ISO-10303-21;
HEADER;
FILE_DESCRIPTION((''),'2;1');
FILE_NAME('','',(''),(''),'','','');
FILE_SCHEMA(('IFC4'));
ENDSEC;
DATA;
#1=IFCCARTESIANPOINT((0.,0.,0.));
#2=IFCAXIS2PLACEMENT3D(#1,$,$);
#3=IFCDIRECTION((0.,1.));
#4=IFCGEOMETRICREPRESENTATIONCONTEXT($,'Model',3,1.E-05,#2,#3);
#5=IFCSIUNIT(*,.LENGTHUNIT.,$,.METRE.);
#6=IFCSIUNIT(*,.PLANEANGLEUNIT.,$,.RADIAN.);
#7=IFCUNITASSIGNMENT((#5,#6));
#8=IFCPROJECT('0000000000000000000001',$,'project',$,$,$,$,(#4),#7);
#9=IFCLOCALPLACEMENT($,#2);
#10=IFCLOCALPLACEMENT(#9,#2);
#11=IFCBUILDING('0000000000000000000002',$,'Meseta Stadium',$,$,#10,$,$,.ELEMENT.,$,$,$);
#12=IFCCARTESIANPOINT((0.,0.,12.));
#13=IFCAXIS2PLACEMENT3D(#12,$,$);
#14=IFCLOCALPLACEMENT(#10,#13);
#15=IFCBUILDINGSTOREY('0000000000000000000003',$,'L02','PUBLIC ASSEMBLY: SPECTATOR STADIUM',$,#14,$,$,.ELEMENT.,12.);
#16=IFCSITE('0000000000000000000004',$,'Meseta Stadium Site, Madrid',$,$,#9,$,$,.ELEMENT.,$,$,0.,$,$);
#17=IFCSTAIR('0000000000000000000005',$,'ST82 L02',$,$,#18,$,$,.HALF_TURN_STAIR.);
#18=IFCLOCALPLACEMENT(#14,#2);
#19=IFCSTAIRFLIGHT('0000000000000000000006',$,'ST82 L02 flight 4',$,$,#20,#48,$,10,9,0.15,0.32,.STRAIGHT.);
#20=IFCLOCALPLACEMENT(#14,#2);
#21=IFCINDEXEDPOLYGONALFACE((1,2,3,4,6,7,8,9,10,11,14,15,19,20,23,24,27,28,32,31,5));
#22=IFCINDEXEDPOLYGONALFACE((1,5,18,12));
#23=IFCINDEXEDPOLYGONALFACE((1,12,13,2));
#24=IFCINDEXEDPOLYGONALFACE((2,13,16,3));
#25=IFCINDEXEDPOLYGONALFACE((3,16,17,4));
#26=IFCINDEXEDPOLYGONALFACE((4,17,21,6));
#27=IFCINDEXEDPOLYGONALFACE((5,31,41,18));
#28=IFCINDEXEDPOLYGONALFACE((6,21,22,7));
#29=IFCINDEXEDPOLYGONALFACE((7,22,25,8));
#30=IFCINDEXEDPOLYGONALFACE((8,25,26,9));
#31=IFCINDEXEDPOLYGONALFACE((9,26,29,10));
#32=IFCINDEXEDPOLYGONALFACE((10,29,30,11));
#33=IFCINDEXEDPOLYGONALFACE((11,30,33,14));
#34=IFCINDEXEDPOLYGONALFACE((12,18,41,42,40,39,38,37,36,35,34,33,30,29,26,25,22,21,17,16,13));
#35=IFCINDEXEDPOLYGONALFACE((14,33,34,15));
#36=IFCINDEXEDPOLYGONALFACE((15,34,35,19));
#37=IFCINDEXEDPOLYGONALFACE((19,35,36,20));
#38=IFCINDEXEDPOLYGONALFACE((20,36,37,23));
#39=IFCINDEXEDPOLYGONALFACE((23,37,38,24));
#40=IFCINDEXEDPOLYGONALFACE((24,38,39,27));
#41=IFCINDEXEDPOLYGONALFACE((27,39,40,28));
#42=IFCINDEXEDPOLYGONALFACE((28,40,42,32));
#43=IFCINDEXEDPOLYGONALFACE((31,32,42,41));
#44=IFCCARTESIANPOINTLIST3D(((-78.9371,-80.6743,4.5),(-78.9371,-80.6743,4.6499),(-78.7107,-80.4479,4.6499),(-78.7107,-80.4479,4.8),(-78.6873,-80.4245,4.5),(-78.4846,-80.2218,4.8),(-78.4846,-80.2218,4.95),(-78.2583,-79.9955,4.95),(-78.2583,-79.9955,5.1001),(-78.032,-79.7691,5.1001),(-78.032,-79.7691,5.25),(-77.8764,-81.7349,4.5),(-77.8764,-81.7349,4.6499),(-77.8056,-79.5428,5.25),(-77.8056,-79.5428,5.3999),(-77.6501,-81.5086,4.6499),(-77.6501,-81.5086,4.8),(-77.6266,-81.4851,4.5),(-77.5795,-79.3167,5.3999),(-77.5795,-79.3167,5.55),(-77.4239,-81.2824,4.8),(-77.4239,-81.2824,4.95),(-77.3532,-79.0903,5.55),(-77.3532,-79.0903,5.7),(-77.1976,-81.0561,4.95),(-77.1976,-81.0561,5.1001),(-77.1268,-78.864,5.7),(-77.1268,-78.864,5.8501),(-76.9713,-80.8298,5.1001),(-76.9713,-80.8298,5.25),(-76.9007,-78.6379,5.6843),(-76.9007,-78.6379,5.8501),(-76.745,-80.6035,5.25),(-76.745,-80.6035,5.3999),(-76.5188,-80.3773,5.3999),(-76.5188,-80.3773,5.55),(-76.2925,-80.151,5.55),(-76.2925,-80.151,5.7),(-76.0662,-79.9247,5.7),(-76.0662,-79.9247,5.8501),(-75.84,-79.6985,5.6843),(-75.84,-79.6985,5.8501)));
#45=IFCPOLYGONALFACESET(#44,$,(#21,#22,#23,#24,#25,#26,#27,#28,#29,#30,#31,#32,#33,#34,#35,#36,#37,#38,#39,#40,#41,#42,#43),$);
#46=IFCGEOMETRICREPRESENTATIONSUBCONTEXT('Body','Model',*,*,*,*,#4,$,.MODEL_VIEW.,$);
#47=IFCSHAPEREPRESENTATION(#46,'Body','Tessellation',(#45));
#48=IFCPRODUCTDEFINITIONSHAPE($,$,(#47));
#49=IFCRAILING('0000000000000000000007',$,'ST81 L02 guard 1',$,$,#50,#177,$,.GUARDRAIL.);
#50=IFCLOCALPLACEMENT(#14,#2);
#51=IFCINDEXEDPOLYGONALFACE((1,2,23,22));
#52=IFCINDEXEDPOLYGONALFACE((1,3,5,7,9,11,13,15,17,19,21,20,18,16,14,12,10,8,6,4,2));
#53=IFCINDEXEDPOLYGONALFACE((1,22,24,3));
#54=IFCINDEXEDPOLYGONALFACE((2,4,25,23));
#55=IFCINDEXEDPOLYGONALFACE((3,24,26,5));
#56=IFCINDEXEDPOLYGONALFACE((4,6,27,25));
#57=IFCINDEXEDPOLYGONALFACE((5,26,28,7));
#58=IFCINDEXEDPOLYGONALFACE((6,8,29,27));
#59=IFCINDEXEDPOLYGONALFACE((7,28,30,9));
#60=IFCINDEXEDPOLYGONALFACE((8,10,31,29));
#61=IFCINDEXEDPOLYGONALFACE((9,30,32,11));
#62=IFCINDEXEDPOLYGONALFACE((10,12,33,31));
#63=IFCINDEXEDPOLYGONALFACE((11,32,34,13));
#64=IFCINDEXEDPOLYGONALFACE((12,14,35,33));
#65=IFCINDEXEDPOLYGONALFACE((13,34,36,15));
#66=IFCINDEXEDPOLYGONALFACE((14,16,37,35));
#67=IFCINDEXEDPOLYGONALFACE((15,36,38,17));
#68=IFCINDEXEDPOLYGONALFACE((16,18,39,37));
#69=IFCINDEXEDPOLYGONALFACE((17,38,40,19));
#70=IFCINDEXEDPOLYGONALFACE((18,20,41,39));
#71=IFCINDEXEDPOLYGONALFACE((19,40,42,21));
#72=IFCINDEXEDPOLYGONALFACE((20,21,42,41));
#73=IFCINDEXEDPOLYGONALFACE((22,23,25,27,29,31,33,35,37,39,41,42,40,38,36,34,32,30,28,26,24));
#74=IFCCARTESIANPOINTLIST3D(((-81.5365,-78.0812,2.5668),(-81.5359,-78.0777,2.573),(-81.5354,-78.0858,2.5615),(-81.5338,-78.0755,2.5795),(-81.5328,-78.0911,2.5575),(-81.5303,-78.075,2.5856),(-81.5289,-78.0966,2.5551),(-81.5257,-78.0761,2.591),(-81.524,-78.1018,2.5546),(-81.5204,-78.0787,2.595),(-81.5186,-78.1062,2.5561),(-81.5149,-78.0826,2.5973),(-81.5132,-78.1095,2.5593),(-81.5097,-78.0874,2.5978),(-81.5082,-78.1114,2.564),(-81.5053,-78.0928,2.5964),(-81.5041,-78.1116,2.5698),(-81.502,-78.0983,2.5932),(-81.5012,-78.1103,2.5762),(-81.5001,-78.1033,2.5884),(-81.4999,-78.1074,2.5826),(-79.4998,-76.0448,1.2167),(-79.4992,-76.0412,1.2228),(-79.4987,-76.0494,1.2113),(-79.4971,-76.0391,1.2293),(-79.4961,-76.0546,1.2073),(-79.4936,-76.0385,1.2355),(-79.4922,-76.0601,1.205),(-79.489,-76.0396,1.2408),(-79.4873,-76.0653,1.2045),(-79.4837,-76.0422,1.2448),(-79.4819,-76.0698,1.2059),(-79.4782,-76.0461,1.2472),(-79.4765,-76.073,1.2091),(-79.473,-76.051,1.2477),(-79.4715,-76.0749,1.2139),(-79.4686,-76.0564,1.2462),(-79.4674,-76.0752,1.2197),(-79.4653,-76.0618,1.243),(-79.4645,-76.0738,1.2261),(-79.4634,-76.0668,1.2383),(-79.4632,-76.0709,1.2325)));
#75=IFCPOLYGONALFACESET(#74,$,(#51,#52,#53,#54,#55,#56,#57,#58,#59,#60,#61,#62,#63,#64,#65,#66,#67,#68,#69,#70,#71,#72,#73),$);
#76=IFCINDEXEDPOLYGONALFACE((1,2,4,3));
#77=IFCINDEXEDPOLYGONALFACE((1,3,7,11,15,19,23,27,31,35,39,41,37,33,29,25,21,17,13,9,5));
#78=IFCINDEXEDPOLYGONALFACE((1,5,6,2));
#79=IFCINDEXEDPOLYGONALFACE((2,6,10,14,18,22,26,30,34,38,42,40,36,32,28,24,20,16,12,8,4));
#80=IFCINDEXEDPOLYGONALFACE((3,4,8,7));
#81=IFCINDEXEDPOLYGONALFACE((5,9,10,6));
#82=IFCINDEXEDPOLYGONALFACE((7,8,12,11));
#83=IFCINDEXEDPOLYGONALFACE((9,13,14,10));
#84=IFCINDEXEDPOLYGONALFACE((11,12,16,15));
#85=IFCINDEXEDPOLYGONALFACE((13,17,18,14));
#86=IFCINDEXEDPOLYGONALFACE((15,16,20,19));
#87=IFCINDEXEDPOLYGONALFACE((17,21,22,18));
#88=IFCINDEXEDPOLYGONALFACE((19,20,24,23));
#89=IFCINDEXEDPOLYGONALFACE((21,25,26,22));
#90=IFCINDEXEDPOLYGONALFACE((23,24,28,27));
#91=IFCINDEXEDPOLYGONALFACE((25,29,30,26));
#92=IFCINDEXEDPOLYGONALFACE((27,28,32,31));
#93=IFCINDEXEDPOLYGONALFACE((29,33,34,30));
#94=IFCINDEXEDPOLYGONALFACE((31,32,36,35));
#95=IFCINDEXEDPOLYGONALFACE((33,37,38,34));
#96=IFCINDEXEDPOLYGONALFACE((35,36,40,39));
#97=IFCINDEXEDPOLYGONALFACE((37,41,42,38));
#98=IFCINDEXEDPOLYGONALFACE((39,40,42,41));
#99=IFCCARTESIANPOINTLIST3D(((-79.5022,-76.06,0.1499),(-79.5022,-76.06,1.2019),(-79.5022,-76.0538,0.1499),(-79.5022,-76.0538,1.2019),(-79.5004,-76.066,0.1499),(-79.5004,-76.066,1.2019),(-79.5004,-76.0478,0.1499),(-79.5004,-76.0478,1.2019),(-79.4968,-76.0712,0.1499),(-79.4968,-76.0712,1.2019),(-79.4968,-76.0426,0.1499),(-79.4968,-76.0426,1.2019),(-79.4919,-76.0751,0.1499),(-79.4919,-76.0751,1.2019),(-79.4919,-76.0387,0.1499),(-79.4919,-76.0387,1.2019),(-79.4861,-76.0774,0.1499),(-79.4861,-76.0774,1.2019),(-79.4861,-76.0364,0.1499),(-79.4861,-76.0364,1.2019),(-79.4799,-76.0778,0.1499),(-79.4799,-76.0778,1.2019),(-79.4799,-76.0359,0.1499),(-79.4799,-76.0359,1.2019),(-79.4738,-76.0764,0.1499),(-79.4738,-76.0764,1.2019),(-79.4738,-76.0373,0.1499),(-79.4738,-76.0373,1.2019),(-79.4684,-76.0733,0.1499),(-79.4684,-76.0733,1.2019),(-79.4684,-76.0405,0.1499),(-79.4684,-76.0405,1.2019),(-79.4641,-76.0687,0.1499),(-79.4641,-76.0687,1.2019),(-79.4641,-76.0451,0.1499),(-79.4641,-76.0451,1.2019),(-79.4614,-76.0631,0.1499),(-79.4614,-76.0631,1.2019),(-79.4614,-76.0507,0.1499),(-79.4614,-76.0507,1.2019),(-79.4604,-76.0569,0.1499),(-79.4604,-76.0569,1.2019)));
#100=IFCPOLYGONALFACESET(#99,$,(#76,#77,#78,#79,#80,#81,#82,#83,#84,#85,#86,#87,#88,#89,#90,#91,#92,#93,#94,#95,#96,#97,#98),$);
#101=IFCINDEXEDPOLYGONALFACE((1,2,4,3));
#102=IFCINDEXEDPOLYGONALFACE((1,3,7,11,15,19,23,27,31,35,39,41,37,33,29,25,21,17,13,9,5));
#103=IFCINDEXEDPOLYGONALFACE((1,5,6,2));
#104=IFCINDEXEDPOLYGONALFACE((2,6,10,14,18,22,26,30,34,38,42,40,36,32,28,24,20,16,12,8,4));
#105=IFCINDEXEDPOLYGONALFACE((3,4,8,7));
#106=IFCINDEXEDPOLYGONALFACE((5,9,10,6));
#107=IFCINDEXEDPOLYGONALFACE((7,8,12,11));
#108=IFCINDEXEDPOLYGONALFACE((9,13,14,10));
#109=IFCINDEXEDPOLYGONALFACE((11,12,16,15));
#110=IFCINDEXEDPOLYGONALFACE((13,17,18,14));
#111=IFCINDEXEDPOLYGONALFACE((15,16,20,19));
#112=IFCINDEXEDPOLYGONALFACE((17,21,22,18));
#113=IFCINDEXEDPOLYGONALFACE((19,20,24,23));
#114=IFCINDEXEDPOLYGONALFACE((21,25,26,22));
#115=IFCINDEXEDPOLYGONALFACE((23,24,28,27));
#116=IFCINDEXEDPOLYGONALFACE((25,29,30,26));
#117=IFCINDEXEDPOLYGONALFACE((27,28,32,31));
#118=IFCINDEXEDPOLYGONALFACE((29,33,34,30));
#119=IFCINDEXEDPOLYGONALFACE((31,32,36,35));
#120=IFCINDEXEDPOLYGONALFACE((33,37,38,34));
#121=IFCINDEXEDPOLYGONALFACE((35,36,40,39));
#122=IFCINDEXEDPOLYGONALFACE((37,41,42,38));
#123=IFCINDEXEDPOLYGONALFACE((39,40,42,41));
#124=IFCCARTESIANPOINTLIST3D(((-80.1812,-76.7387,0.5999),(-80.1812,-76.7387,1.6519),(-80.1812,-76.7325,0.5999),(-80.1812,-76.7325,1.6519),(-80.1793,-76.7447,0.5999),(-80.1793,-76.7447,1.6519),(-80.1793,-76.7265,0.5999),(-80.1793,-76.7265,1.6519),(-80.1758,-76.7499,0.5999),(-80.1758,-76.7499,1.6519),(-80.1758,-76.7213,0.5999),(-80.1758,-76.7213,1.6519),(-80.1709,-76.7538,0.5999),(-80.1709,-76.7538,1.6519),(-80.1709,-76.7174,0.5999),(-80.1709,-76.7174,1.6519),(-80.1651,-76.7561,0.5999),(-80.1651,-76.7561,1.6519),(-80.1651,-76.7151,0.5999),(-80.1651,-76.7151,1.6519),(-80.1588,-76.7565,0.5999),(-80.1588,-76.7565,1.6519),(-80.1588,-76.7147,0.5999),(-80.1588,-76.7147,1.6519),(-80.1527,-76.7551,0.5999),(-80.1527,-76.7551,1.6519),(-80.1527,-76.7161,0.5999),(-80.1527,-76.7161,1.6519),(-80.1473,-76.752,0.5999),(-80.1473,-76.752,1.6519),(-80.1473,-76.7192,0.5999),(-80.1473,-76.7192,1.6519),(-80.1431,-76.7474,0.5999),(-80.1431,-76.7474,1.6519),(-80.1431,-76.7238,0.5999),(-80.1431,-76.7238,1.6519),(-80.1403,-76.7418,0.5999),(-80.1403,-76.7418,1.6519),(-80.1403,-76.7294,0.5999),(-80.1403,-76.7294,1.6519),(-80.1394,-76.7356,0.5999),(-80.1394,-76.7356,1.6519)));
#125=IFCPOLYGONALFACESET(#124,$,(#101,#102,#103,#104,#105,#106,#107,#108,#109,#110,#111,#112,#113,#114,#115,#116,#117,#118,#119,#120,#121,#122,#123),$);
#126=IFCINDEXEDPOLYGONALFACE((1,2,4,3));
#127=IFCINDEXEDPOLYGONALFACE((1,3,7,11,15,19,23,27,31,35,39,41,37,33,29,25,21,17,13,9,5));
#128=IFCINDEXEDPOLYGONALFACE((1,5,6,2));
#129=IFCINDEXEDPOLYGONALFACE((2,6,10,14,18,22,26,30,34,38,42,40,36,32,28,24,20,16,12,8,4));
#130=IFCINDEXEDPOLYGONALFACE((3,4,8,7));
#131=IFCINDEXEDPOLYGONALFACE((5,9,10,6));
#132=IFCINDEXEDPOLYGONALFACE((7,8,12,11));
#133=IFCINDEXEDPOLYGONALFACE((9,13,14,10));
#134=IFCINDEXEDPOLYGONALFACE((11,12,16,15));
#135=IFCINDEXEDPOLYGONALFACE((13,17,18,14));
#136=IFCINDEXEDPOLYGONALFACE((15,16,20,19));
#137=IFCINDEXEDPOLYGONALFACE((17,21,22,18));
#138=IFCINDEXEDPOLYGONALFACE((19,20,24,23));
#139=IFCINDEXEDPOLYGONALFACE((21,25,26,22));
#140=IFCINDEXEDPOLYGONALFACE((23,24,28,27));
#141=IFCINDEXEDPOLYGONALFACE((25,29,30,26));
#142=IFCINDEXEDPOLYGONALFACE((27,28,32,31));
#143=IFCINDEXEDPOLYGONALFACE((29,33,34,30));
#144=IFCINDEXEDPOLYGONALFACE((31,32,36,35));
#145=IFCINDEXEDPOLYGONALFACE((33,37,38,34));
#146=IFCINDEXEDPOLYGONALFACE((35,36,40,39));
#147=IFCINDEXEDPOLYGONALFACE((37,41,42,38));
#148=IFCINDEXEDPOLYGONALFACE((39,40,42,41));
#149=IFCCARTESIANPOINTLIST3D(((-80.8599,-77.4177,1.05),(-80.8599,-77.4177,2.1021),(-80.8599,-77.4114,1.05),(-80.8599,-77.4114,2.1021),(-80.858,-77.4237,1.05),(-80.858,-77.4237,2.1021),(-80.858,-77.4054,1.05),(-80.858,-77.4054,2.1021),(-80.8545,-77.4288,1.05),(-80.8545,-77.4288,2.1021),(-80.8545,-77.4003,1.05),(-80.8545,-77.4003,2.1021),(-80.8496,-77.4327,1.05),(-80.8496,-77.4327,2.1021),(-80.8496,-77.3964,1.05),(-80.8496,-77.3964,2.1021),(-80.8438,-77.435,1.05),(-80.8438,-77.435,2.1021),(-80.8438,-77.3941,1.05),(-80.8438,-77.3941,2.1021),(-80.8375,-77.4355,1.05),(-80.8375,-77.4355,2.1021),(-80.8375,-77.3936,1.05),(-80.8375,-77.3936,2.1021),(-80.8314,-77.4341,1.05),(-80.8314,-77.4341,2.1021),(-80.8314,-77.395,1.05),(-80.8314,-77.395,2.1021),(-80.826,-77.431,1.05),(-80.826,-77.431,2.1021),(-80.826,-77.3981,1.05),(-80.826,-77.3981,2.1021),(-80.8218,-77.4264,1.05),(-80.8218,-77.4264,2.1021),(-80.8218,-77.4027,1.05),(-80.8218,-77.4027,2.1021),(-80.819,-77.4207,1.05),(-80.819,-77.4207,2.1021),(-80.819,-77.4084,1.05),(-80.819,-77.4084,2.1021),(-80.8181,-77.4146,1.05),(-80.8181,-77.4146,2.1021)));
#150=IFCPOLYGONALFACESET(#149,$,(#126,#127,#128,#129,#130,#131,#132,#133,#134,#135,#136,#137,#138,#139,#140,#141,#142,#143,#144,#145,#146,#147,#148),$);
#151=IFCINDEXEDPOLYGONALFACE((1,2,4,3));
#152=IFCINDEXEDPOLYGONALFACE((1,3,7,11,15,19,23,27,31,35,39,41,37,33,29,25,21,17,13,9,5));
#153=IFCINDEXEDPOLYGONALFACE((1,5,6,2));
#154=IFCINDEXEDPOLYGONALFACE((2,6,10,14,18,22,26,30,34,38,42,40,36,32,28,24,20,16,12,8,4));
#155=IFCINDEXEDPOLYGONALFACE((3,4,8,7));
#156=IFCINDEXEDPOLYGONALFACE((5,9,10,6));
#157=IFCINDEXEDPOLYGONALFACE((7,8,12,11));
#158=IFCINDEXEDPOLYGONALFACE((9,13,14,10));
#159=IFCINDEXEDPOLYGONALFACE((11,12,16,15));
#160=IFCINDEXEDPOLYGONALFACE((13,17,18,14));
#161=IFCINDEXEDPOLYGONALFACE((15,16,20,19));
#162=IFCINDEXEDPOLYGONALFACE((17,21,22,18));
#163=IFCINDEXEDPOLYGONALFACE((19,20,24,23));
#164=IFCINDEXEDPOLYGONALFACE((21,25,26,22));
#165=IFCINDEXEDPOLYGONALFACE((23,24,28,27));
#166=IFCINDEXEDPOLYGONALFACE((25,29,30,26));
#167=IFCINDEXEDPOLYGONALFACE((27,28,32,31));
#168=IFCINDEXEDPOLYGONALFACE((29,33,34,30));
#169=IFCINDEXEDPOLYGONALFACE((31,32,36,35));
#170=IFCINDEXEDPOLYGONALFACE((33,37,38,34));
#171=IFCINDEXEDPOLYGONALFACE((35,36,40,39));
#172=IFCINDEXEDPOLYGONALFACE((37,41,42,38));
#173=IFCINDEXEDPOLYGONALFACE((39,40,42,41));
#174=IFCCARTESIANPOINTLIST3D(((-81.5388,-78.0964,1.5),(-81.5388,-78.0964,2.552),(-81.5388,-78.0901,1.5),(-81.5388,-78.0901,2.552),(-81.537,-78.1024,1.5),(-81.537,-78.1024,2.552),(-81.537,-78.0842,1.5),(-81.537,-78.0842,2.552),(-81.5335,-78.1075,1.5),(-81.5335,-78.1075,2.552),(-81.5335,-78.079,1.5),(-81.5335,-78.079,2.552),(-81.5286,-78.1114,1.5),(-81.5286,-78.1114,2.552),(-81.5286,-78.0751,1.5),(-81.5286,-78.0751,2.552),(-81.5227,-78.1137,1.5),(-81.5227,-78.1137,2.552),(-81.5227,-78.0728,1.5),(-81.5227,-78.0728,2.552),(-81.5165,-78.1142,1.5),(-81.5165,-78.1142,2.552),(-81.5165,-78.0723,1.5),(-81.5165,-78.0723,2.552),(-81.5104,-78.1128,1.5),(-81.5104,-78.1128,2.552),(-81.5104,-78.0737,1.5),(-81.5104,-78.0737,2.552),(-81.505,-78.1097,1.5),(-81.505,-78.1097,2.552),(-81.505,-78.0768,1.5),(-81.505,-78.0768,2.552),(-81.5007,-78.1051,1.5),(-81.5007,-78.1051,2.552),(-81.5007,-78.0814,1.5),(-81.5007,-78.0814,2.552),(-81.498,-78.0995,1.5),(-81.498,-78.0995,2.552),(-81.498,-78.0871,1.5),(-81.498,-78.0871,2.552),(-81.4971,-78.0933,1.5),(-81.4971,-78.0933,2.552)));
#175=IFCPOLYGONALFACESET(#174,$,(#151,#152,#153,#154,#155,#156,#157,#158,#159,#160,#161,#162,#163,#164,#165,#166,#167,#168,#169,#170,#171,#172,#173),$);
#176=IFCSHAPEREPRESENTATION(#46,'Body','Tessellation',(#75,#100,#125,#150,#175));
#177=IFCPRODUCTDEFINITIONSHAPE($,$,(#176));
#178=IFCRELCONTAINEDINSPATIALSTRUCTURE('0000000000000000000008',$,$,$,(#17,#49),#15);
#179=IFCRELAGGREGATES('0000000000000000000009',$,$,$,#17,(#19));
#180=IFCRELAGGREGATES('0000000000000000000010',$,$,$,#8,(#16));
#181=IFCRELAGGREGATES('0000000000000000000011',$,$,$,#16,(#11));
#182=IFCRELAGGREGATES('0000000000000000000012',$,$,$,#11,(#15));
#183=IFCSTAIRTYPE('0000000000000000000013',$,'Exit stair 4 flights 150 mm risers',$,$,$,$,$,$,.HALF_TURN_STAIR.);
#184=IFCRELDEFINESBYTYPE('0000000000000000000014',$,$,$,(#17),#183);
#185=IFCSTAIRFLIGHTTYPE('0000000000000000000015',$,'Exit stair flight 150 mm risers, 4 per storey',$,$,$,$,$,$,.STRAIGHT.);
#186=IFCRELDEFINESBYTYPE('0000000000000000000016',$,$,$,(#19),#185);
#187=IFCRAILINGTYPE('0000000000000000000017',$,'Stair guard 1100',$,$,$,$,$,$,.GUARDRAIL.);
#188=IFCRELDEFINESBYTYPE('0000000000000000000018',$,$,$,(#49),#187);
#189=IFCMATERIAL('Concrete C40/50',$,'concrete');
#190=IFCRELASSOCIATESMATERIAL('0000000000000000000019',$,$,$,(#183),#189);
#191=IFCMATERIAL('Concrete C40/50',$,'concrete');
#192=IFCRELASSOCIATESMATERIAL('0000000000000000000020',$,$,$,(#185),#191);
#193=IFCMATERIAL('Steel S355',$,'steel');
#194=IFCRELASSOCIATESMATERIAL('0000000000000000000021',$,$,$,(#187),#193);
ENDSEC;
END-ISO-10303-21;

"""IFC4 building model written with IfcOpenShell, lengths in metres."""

from ifc_helpers import new_model, si_unit, direction, frame, origin, origin_2d, place, context, subcontext, project, spatial, polyline, circle, outline, extrude, material, type_object, element, aggregate, save


model = new_model("IFC4")

# Units and contexts
model_context = context("Model", 3, precision=1e-05, world=origin(), true_north=direction((0.0, 1.0)))
body_context = subcontext(model_context, "Body", "Model", "MODEL_VIEW")
ifc_project = project(units=[si_unit("LENGTHUNIT", "METRE"), si_unit("PLANEANGLEUNIT", "RADIAN")], contexts=[model_context])

# Site, building, storey
site_placement = place(None, origin())
site = spatial("IfcSite", under=ifc_project, at=site_placement, Name="Meseta Stadium Site, Madrid", CompositionType="ELEMENT", RefElevation=0.0)
building_placement = place(site_placement, origin())
building = spatial("IfcBuilding", under=site, at=building_placement, Name="Meseta Stadium", CompositionType="ELEMENT")
storey_placement = place(building_placement, frame((0.0, 0.0, 12.0)))
storey = spatial("IfcBuildingStorey", under=building, at=storey_placement, Name="L02", Description="PUBLIC ASSEMBLY: SPECTATOR STADIUM", CompositionType="ELEMENT", Elevation=12.0)

# Stair, stair flight
ifc_material_1 = material(Name="Concrete C40/50", Category="concrete")
stair_type = type_object("IfcStairType", Name="Exit stair 4 flights 150 mm risers", PredefinedType="HALF_TURN_STAIR", material=ifc_material_1)
ifc_material_2 = material(Name="Concrete C40/50", Category="concrete")
stair_flight_type = type_object("IfcStairFlightType", Name="Exit stair flight 150 mm risers, 4 per storey", PredefinedType="STRAIGHT", material=ifc_material_2)
stair_1_placement = place(storey_placement, origin())
stair_1 = element("IfcStair", 1, at=stair_1_placement, inside=storey, type_object=stair_type, Name="ST82 L02", PredefinedType="HALF_TURN_STAIR")
stair_flight_1_placement = place(storey_placement, frame((-78.4067, -81.2046, 4.5), z_axis=(0.0, 0.0, 1.0), x_axis=(0.707107, 0.707107, 0.0)))
stair_flight_1 = element("IfcStairFlight", 2, at=stair_flight_1_placement, type_object=stair_flight_type, Name="ST82 L02 flight 4", NumberOfRisers=10, NumberOfTreads=9, PredefinedType="STRAIGHT", RiserHeight=0.15, TreadLength=0.32, context=body_context, shape_type="SweptSolid", body=[
    extrude(outline(polyline([(0.0, 0.0), (0.0, 0.1499), (0.3201, 0.1499), (0.3201, 0.3), (0.6399, 0.3), (0.6399, 0.45), (0.96, 0.45), (0.96, 0.6001), (1.28, 0.6001), (1.28, 0.75), (1.6001, 0.75), (1.6001, 0.8999), (1.9199, 0.8999), (1.9199, 1.05), (2.24, 1.05), (2.24, 1.2), (2.5601, 1.2), (2.5601, 1.3501), (2.8799, 1.3501), (2.8799, 1.1843), (0.3533, 0.0), (0.0, 0.0)])), frame((0.0, 0.75, 0.0), z_axis=(0.0, -1.0, 0.0), x_axis=(1.0, 0.0, 0.0)), (0.0, 0.0, 1.0), 1.5),
])
aggregate(stair_1, [stair_flight_1])

# Railing
ifc_material_3 = material(Name="Steel S355", Category="steel")
railing_type_1 = type_object("IfcRailingType", Name="Stair guard 1100", PredefinedType="GUARDRAIL", material=ifc_material_3)
railing_1_placement = place(storey_placement, frame((-79.4814, -76.0569, 0.1499)))
element("IfcRailing", 3, at=railing_1_placement, inside=storey, type_object=railing_type_1, Name="ST81 L02 guard 1", PredefinedType="GUARDRAIL", context=body_context, shape_type="SweptSolid", body=[
    extrude(circle(Radius=0.0239, at=origin_2d()), frame((0.0, 0.0, 1.0762), z_axis=(-0.640288, -0.640211, 0.424454), x_axis=(0.707064, -0.707149, 0.0)), (0.0, 0.0, 1.0), 3.1809),
    extrude(circle(Radius=0.021, at=origin_2d()), origin(), (0.0, 0.0, 1.0), 1.052),
    extrude(circle(Radius=0.021, at=origin_2d()), frame((-0.679, -0.6787, 0.45)), (0.0, 0.0, 1.0), 1.052),
    extrude(circle(Radius=0.021, at=origin_2d()), frame((-1.3577, -1.3577, 0.9001)), (0.0, 0.0, 1.0), 1.052),
    extrude(circle(Radius=0.021, at=origin_2d()), frame((-2.0366, -2.0364, 1.3501)), (0.0, 0.0, 1.0), 1.052),
])

save(model, "model.ifc")
